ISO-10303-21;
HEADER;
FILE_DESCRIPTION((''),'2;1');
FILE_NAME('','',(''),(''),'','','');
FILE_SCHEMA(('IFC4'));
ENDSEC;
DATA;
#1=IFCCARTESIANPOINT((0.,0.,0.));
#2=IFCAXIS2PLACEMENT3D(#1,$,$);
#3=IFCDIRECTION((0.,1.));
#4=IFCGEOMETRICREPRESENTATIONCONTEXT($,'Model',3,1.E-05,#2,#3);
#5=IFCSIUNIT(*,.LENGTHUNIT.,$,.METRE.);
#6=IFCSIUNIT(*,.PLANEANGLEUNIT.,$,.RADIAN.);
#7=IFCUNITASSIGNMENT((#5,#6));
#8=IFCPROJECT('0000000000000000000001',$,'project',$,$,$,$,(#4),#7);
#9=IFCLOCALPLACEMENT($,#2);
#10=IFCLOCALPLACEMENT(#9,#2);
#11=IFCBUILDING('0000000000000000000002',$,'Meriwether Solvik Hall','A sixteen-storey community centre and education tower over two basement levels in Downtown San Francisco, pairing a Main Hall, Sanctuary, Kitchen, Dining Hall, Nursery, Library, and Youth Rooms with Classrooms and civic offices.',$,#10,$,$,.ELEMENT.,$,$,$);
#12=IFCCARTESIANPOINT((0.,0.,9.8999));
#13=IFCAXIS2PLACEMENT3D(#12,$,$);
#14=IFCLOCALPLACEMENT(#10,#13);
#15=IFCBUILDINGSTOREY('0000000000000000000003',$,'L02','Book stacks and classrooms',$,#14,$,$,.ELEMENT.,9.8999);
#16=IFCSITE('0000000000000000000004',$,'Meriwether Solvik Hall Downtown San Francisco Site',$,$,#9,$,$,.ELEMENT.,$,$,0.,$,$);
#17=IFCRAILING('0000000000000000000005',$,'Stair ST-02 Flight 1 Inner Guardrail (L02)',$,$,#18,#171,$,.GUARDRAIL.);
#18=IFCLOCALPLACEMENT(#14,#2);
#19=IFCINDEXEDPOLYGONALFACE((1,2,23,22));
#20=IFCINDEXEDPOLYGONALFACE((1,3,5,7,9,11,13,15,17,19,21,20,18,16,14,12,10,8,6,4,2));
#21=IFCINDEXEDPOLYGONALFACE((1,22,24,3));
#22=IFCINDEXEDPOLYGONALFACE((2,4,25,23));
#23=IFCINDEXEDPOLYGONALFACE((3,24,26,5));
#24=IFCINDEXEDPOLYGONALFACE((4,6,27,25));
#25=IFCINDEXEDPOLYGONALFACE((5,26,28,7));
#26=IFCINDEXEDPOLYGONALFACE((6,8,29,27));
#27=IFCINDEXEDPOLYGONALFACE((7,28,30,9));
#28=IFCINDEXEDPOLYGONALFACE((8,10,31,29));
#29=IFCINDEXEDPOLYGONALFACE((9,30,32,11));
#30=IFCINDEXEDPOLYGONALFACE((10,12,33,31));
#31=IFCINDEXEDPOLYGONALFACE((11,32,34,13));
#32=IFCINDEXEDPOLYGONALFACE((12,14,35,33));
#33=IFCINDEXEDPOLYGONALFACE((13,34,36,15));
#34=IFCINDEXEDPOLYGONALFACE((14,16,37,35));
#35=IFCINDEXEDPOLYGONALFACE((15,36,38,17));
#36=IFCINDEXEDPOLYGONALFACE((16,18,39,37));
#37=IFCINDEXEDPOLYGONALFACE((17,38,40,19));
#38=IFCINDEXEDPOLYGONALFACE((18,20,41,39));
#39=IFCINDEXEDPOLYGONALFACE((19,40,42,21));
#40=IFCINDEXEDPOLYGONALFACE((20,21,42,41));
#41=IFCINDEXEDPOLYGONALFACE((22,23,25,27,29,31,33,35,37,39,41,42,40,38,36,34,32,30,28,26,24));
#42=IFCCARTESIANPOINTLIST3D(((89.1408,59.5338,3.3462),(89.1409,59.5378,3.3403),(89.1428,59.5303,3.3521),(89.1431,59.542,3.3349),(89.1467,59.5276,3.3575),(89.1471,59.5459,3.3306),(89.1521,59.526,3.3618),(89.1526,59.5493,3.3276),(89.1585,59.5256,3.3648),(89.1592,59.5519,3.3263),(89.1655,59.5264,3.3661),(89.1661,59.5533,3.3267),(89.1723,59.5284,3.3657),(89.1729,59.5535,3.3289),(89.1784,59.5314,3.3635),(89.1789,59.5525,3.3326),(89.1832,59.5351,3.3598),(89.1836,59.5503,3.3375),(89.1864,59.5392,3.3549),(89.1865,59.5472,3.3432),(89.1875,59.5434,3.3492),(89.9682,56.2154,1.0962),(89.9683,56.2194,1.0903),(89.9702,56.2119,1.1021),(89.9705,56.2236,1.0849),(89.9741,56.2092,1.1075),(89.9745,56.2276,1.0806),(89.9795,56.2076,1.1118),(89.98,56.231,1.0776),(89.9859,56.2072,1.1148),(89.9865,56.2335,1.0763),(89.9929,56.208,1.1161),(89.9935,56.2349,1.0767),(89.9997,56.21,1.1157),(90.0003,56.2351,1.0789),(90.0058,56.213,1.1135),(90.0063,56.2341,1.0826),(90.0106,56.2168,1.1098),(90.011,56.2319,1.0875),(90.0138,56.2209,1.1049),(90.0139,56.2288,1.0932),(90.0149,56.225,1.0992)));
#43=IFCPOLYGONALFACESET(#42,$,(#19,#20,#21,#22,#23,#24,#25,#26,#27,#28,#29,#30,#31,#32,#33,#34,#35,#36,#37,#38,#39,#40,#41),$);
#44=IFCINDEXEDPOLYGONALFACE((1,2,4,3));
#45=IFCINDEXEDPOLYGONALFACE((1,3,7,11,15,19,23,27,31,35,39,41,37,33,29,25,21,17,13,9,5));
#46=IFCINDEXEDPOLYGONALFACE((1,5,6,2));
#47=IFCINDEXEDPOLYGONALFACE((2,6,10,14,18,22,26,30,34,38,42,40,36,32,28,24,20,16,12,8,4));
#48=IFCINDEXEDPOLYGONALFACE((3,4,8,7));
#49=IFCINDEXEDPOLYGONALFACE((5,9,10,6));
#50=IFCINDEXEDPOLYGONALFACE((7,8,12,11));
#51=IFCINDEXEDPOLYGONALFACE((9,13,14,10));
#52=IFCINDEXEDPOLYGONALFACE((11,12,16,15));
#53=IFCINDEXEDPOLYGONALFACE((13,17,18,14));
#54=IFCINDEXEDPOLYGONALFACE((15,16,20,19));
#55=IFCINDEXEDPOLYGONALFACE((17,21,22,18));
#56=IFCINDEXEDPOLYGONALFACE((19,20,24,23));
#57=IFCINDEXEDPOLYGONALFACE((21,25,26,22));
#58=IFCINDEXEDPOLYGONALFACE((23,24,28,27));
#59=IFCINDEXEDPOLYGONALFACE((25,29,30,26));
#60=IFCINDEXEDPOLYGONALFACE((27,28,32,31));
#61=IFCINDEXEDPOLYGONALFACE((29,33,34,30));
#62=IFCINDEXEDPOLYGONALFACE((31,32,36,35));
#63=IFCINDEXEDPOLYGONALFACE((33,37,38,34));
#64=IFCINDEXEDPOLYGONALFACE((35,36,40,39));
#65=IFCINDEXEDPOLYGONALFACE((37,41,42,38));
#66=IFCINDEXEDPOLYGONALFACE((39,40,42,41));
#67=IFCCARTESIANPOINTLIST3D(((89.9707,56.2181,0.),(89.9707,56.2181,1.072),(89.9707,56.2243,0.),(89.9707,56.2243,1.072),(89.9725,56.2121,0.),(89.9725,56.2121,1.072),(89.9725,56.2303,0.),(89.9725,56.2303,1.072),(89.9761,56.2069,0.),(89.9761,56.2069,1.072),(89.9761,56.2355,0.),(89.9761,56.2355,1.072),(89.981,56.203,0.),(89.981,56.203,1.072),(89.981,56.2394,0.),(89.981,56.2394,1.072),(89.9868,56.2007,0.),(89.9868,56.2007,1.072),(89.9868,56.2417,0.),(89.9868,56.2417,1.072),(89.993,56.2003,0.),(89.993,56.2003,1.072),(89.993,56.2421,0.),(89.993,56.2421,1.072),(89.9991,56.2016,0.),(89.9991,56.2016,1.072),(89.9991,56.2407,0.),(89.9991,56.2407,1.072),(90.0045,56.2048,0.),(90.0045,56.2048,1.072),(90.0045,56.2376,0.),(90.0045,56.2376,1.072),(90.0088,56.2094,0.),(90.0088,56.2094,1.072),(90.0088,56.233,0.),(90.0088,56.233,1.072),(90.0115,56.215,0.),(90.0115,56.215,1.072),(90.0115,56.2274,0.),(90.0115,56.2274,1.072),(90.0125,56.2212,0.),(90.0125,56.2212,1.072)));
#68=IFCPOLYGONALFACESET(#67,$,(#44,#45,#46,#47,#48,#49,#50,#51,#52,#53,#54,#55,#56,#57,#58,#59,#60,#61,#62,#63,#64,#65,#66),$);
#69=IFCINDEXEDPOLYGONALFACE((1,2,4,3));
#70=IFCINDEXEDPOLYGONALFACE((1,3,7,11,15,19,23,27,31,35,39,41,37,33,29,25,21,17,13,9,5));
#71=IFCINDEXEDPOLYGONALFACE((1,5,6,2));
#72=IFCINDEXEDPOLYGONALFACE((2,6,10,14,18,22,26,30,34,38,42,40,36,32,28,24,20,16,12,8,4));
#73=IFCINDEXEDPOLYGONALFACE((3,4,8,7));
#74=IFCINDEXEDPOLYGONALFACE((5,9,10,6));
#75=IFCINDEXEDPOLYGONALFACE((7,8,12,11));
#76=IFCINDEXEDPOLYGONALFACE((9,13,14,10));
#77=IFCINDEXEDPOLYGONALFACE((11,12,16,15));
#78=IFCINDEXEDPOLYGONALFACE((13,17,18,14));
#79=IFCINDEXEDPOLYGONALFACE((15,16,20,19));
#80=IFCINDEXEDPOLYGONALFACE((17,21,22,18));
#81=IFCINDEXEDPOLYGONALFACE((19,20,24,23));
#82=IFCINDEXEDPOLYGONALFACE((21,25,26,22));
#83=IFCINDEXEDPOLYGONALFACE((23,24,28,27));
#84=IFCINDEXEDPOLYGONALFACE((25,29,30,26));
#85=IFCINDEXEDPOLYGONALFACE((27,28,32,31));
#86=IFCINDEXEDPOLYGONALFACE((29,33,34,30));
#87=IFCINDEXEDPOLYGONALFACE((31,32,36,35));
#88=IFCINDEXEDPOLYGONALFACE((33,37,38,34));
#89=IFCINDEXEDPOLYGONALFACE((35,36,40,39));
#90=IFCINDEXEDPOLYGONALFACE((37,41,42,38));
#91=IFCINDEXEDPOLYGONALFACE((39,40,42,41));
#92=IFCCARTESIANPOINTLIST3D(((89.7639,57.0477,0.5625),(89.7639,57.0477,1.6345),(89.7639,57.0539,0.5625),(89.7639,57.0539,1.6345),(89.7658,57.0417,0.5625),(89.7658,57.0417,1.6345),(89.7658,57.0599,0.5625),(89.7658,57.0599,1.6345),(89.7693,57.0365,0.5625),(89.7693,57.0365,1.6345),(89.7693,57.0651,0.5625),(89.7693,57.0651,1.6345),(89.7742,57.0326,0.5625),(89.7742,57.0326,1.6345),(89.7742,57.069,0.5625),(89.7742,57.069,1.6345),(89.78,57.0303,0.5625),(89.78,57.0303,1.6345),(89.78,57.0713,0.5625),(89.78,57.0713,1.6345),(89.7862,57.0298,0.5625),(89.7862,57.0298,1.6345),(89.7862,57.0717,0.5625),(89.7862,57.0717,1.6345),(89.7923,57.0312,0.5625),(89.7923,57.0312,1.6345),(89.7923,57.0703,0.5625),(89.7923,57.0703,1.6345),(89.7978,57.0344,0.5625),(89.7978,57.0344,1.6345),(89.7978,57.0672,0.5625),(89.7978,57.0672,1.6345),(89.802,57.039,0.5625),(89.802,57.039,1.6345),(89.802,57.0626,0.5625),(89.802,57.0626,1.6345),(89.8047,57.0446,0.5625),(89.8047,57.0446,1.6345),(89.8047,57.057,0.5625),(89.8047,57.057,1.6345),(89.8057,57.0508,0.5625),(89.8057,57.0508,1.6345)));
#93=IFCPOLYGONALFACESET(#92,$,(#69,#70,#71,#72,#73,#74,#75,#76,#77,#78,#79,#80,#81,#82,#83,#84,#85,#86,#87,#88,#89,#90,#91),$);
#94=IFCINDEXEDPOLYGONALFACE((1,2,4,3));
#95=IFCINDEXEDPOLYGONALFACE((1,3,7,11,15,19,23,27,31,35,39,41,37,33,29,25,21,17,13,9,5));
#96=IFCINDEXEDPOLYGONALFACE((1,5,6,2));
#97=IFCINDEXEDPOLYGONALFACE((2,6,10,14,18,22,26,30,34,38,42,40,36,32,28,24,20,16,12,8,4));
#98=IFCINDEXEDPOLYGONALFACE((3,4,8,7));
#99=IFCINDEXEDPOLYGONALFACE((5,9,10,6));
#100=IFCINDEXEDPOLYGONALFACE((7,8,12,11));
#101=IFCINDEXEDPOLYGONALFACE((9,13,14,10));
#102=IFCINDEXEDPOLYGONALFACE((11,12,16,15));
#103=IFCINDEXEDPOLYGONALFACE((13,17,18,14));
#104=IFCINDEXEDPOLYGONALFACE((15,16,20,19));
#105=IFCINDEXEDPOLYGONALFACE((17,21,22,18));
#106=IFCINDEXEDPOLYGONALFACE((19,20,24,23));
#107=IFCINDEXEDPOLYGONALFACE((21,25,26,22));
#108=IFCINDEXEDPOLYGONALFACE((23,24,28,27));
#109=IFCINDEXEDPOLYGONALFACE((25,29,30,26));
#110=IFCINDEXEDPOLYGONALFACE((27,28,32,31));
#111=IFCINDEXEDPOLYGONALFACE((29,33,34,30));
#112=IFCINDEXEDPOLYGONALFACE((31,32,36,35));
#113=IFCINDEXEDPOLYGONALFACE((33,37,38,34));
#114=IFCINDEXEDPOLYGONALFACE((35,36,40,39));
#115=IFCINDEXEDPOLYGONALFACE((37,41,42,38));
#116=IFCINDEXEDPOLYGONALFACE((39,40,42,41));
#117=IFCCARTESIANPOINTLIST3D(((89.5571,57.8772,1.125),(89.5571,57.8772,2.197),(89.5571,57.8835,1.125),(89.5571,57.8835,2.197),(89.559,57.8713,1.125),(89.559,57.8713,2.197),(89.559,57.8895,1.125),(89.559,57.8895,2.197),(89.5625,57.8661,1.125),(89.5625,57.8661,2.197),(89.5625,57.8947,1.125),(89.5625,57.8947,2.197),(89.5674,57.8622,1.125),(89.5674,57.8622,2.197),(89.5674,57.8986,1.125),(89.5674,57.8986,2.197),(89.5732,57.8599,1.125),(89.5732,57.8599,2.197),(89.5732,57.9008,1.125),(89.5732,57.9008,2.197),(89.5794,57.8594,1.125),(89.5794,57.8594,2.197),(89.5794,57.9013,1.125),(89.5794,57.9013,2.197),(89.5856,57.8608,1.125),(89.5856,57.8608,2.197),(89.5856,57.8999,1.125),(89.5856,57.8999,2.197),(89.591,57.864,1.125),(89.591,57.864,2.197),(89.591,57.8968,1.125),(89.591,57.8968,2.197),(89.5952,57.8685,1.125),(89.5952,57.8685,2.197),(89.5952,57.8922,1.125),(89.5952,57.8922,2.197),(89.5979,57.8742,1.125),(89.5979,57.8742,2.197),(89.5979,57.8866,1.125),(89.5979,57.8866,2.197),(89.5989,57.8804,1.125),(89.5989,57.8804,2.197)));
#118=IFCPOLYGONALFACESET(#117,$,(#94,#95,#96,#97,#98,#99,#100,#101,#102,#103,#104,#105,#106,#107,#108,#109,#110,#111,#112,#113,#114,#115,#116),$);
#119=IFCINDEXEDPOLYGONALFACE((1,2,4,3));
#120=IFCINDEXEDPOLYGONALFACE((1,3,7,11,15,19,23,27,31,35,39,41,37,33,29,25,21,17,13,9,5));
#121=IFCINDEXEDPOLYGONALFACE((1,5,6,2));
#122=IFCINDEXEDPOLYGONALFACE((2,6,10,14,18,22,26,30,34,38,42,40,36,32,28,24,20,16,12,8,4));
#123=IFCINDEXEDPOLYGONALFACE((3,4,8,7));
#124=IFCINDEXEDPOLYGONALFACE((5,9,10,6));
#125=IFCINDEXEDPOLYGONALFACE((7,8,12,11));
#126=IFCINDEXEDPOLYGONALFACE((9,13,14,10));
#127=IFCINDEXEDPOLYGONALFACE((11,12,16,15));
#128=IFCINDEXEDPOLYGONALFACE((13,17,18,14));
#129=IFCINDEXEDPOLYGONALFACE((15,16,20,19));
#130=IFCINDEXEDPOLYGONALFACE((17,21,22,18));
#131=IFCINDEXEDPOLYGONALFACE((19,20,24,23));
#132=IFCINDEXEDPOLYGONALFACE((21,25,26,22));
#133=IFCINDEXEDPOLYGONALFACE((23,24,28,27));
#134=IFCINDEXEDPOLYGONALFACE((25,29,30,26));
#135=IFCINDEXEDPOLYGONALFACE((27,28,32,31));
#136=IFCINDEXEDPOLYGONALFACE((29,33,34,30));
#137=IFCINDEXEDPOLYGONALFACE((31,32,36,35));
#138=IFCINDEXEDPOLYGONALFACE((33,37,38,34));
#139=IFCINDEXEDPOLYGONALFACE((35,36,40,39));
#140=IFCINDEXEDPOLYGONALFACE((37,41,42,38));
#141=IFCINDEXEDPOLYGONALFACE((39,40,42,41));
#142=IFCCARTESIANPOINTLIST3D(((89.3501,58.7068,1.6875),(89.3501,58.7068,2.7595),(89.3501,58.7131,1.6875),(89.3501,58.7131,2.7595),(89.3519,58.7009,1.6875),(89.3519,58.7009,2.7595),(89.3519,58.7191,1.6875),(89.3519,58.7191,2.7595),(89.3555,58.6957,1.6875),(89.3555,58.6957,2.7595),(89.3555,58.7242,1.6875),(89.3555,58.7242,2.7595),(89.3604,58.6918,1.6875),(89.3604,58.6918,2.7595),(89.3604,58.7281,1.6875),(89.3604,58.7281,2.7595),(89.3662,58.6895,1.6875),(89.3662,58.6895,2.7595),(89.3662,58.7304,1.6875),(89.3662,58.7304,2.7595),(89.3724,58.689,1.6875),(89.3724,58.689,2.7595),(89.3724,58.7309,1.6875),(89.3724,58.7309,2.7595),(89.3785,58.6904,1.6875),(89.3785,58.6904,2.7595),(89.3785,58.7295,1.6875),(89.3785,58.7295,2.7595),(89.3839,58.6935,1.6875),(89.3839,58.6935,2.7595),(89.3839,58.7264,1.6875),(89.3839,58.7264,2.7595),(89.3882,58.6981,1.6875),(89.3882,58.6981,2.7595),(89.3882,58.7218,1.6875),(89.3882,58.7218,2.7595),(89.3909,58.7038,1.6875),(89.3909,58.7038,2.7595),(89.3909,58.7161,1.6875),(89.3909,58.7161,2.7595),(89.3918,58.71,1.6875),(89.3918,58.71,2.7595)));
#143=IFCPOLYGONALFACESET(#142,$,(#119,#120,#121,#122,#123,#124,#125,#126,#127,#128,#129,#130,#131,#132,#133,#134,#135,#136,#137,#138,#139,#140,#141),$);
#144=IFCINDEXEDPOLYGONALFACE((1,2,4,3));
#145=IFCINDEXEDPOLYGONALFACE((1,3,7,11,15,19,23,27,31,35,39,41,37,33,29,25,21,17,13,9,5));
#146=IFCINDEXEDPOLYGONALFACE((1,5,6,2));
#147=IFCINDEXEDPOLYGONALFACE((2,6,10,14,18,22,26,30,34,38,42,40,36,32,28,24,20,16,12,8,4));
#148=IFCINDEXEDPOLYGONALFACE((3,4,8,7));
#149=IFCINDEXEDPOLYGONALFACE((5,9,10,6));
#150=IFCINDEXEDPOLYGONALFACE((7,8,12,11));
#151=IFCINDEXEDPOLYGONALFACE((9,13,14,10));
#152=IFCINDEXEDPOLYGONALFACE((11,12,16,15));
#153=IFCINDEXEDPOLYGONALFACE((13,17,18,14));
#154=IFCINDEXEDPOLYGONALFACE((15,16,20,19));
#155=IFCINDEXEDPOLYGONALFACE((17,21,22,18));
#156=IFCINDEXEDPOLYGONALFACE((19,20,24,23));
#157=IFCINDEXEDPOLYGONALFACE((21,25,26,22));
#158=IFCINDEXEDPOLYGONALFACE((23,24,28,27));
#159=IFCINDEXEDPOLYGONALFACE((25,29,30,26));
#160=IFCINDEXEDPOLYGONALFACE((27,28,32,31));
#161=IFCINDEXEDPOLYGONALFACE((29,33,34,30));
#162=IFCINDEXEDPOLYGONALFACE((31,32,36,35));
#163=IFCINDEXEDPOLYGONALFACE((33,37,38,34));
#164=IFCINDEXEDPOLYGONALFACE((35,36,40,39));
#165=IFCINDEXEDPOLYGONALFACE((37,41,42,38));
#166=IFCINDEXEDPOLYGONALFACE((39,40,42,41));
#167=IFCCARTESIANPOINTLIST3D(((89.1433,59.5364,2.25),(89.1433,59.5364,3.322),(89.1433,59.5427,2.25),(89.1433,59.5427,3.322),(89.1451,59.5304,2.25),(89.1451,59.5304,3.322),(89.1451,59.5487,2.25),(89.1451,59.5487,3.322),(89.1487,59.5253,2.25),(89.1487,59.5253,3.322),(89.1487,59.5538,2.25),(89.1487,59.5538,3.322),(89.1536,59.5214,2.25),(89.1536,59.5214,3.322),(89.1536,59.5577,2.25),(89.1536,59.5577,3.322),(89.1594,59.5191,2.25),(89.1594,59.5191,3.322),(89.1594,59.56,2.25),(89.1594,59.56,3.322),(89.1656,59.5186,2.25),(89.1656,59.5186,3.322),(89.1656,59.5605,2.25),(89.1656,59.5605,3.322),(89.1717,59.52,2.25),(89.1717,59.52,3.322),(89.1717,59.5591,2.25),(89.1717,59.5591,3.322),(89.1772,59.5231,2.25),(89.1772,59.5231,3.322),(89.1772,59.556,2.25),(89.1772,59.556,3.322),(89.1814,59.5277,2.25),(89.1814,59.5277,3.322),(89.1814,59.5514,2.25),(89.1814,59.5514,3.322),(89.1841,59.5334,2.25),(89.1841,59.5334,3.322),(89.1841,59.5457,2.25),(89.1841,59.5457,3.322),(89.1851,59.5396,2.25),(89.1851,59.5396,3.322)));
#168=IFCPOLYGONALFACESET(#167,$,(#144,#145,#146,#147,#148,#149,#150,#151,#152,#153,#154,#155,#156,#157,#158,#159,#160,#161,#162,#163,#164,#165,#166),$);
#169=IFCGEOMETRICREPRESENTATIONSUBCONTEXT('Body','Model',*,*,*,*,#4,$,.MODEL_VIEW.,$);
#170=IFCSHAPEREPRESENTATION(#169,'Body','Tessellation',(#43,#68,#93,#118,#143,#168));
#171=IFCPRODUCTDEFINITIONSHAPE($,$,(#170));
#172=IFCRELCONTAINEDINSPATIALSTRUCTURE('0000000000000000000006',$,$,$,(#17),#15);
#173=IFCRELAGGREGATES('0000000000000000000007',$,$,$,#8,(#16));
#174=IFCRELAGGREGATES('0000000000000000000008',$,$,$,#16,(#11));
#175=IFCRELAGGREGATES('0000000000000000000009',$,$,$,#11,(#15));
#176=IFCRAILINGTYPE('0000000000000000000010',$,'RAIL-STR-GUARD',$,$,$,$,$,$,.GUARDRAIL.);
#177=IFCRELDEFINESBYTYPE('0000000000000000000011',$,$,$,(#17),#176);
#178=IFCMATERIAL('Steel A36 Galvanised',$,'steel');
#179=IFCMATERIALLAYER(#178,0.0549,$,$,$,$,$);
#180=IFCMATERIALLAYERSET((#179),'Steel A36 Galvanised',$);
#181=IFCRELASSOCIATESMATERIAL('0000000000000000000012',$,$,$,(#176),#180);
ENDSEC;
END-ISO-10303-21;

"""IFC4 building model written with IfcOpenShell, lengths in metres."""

from ifc_helpers import new_model, si_unit, direction, frame, origin, origin_2d, place, context, subcontext, project, spatial, circle, extrude, material, layer, layer_set, type_object, element, save


model = new_model("IFC4")

# Units and contexts
model_context = context("Model", 3, precision=1e-05, world=origin(), true_north=direction((0.0, 1.0)))
body_context = subcontext(model_context, "Body", "Model", "MODEL_VIEW")
ifc_project = project(units=[si_unit("LENGTHUNIT", "METRE"), si_unit("PLANEANGLEUNIT", "RADIAN")], contexts=[model_context])

# Site, building, storey
site_placement = place(None, origin())
site = spatial("IfcSite", under=ifc_project, at=site_placement, Name="Meriwether Solvik Hall Downtown San Francisco Site", CompositionType="ELEMENT", RefElevation=0.0)
building_placement = place(site_placement, origin())
building = spatial("IfcBuilding", under=site, at=building_placement, Name="Meriwether Solvik Hall", Description="A sixteen-storey community centre and education tower over two basement levels in Downtown San Francisco, pairing a Main Hall, Sanctuary, Kitchen, Dining Hall, Nursery, Library, and Youth Rooms with Classrooms and civic offices.", CompositionType="ELEMENT")
storey_placement = place(building_placement, frame((0.0, 0.0, 9.8999)))
storey = spatial("IfcBuildingStorey", under=building, at=storey_placement, Name="L02", Description="Book stacks and classrooms", CompositionType="ELEMENT", Elevation=9.8999)

# Railing
ifc_material_1 = material(Name="Steel A36 Galvanised", Category="steel")
ifc_layer_1 = layer(ifc_material_1, 0.0549)
ifc_layer_set_1 = layer_set([ifc_layer_1], Name="Steel A36 Galvanised")
railing_type_1 = type_object("IfcRailingType", Name="RAIL-STR-GUARD", PredefinedType="GUARDRAIL", material=ifc_layer_set_1)
railing_1_placement = place(storey_placement, frame((89.9915, 56.2212, 0.0)))
element("IfcRailing", 1, at=railing_1_placement, inside=storey, type_object=railing_type_1, Name="Stair ST-02 Flight 1 Inner Guardrail (L02)", PredefinedType="GUARDRAIL", context=body_context, shape_type="SweptSolid", body=[
    extrude(circle(Radius=0.0239, at=origin_2d()), frame((0.0, 0.0, 1.0962), z_axis=(-0.202112, 0.810596, 0.549622), x_axis=(-0.970293, -0.241931, 0.0)), (0.0, 0.0, 1.0), 4.0938),
    extrude(circle(Radius=0.021, at=origin_2d()), origin(), (0.0, 0.0, 1.0), 1.072),
    extrude(circle(Radius=0.021, at=origin_2d()), frame((-0.2068, 0.8296, 0.5625)), (0.0, 0.0, 1.0), 1.072),
    extrude(circle(Radius=0.021, at=origin_2d()), frame((-0.4136, 1.6592, 1.125)), (0.0, 0.0, 1.0), 1.072),
    extrude(circle(Radius=0.021, at=origin_2d()), frame((-0.6206, 2.4888, 1.6875)), (0.0, 0.0, 1.0), 1.072),
    extrude(circle(Radius=0.021, at=origin_2d()), frame((-0.8274, 3.3184, 2.25)), (0.0, 0.0, 1.0), 1.072),
])

save(model, "model.ifc")
